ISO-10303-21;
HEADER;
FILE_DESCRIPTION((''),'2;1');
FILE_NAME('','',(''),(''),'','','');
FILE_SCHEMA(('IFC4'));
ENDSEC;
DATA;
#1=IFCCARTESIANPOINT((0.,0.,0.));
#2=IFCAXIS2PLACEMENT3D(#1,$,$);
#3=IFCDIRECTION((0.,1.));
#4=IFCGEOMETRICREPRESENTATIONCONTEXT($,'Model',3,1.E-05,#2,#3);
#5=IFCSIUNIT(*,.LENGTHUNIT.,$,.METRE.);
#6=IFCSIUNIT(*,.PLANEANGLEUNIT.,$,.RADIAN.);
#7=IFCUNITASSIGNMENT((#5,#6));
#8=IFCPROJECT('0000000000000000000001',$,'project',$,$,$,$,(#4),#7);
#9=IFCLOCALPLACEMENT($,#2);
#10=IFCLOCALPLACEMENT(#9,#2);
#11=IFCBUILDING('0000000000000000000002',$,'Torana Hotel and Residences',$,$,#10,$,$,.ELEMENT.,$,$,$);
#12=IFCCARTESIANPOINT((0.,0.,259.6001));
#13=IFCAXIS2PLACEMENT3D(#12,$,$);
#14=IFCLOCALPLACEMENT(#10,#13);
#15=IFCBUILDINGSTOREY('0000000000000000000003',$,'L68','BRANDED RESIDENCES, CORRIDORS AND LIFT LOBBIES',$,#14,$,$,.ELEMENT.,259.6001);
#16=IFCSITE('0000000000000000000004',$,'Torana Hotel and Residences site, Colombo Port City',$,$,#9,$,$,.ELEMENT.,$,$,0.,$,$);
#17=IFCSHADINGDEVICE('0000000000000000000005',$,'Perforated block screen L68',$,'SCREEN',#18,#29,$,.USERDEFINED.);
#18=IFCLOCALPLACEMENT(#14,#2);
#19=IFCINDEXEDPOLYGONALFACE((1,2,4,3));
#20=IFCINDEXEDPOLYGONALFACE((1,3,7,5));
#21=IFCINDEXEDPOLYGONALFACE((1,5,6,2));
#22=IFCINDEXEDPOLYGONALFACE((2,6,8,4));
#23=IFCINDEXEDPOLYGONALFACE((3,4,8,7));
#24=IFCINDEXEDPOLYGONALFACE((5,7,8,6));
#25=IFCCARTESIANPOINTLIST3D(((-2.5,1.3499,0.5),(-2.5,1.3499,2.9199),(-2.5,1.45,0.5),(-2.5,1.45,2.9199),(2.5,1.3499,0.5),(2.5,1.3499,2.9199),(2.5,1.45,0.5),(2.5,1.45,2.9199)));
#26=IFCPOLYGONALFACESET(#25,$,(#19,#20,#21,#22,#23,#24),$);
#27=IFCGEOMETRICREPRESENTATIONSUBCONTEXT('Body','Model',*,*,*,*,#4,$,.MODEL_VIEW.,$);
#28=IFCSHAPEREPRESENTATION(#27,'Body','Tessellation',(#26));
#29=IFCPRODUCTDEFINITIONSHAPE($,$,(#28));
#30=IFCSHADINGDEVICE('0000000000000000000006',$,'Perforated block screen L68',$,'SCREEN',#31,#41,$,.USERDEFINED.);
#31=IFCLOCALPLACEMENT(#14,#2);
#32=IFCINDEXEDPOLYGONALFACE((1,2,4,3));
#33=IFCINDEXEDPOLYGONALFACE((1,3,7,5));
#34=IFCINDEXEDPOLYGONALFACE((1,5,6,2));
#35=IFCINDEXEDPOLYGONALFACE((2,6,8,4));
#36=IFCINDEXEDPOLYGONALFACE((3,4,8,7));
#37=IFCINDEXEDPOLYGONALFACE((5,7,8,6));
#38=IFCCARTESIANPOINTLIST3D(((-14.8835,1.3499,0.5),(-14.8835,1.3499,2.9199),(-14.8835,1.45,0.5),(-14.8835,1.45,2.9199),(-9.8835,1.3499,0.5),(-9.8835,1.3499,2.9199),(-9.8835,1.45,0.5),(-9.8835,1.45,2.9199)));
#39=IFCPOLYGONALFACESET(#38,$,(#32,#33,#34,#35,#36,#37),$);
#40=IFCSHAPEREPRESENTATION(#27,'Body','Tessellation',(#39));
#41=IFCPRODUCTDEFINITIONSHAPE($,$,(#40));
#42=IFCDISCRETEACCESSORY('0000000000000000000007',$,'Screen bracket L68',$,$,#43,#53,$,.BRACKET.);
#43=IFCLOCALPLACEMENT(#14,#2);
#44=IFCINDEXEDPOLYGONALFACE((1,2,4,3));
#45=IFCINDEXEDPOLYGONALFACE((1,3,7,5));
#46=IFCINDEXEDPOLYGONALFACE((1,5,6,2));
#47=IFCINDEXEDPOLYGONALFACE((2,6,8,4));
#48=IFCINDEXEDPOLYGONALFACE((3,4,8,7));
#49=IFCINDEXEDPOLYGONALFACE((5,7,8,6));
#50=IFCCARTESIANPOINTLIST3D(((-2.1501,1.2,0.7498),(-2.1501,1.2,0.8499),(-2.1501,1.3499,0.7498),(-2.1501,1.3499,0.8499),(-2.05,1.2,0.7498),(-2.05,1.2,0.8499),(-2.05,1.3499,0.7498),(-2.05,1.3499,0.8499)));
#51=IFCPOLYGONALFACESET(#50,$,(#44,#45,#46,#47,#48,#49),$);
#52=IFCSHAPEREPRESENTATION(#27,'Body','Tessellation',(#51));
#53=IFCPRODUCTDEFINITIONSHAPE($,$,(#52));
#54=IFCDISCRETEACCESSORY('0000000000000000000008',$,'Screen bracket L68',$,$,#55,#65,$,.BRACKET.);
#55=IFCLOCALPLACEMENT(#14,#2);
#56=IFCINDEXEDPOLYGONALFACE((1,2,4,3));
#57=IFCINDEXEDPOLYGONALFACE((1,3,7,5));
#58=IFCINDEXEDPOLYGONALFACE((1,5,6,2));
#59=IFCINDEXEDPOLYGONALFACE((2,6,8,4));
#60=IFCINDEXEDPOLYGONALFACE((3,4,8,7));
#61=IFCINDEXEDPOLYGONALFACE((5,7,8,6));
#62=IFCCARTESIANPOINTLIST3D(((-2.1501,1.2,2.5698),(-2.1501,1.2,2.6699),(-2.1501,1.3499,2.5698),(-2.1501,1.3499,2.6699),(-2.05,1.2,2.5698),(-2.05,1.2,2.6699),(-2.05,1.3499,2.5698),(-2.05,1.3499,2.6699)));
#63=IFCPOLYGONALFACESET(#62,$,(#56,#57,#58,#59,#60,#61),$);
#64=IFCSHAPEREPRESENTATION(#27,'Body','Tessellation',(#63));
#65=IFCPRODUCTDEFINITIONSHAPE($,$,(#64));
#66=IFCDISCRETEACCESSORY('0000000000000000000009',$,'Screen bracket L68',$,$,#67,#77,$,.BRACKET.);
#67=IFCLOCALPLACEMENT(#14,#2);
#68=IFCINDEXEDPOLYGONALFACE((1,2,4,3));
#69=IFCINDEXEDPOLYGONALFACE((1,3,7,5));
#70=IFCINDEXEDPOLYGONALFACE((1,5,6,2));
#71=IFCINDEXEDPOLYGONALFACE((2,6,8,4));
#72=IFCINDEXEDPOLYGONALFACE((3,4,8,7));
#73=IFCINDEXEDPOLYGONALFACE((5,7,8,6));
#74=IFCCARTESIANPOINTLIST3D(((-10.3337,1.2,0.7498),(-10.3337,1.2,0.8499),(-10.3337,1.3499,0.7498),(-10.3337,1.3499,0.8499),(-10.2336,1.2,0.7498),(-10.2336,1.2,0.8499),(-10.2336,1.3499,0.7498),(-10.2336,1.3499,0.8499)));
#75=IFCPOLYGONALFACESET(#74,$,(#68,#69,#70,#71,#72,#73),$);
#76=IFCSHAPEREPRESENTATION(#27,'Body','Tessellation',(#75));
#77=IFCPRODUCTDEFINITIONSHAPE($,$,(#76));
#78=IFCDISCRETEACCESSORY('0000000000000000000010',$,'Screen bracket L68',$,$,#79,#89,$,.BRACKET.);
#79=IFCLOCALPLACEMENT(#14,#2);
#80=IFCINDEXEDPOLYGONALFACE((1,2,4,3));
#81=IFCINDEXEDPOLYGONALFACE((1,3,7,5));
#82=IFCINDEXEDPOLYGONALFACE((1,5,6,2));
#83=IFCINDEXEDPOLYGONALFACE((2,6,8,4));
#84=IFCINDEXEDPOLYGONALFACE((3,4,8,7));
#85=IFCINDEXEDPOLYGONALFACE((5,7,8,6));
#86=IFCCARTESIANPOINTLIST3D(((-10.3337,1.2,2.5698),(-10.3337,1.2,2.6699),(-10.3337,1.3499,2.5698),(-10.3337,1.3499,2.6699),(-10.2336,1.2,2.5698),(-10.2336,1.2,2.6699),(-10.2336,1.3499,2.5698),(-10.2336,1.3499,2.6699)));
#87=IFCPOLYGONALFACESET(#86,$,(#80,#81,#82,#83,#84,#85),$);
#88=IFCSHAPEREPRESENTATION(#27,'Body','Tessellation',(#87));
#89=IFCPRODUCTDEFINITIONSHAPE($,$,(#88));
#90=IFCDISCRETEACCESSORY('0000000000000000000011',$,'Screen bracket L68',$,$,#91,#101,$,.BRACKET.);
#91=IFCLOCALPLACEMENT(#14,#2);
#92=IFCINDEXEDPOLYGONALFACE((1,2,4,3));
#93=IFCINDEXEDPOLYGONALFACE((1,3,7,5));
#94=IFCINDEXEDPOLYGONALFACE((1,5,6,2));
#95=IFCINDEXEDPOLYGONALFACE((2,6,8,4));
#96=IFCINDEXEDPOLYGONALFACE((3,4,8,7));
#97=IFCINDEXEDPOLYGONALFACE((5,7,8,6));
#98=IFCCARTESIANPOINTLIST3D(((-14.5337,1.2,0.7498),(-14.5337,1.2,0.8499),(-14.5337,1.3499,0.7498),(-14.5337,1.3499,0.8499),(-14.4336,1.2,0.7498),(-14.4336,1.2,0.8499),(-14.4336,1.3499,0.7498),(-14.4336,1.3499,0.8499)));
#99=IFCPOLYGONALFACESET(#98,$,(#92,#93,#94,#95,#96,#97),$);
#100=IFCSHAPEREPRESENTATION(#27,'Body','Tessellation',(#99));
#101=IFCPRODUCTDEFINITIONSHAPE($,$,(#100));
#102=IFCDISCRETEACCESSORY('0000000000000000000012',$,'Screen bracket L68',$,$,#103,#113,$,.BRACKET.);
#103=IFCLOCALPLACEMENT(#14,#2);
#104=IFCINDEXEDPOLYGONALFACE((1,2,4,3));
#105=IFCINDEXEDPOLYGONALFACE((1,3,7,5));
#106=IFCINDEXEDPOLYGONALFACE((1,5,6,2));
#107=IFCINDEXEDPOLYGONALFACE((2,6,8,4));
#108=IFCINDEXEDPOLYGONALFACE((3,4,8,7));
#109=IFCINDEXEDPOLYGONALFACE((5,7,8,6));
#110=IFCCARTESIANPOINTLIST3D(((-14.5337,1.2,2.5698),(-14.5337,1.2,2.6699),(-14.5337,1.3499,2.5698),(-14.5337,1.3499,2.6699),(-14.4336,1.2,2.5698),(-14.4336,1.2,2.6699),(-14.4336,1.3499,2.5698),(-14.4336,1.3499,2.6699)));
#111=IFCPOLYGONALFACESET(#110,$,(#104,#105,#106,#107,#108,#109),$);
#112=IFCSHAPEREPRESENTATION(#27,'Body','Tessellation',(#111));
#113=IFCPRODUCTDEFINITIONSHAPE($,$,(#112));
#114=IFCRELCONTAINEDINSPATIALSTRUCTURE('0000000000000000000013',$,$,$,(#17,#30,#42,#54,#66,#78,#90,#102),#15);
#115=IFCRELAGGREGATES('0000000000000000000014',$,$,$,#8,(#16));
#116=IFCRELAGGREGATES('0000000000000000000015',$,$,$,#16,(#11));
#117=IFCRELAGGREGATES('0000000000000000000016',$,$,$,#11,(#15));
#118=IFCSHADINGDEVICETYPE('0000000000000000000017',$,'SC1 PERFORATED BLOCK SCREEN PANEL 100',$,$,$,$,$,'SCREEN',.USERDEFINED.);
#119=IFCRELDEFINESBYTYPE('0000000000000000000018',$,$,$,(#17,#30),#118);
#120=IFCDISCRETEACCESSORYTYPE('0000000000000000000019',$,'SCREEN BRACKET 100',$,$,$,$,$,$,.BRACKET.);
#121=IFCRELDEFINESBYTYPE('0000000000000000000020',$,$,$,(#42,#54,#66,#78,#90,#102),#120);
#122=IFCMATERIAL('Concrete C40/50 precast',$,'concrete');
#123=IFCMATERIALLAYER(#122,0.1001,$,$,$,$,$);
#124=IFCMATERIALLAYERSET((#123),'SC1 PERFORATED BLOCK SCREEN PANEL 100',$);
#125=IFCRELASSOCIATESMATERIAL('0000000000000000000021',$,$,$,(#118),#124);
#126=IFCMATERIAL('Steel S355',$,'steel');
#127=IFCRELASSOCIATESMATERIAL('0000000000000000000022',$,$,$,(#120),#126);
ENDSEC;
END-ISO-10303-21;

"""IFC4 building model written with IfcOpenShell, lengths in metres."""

from ifc_helpers import new_model, si_unit, direction, frame, origin, origin_2d, place, context, subcontext, project, spatial, rectangle, extrude, material, layer, layer_set, type_object, element, save


model = new_model("IFC4")

# Units and contexts
model_context = context("Model", 3, precision=1e-05, world=origin(), true_north=direction((0.0, 1.0)))
body_context = subcontext(model_context, "Body", "Model", "MODEL_VIEW")
ifc_project = project(units=[si_unit("LENGTHUNIT", "METRE"), si_unit("PLANEANGLEUNIT", "RADIAN")], contexts=[model_context])

# Site, building, storey
site_placement = place(None, origin())
site = spatial("IfcSite", under=ifc_project, at=site_placement, Name="Torana Hotel and Residences site, Colombo Port City", CompositionType="ELEMENT", RefElevation=0.0)
building_placement = place(site_placement, origin())
building = spatial("IfcBuilding", under=site, at=building_placement, Name="Torana Hotel and Residences", CompositionType="ELEMENT")
storey_placement = place(building_placement, frame((0.0, 0.0, 259.6001)))
storey = spatial("IfcBuildingStorey", under=building, at=storey_placement, Name="L68", Description="BRANDED RESIDENCES, CORRIDORS AND LIFT LOBBIES", CompositionType="ELEMENT", Elevation=259.6001)

# Shading devices
ifc_material_1 = material(Name="Concrete C40/50 precast", Category="concrete")
ifc_layer_1 = layer(ifc_material_1, 0.1001)
ifc_layer_set_1 = layer_set([ifc_layer_1], Name="SC1 PERFORATED BLOCK SCREEN PANEL 100")
shading_device_type = type_object("IfcShadingDeviceType", Name="SC1 PERFORATED BLOCK SCREEN PANEL 100", ElementType="SCREEN", PredefinedType="USERDEFINED", material=ifc_layer_set_1)
for number, where, z_axis, x_axis, name in (
    (1, (0.0, 1.3999, 0.5), (0.0, 0.0, 1.0), (-1.0, 0.0, 0.0), "Perforated block screen L68"),
    (2, (-12.3835, 1.3999, 0.5), (0.0, 0.0, 1.0), (-1.0, 0.0, 0.0), "Perforated block screen L68"),
):
    element("IfcShadingDevice", number, at=place(storey_placement, frame(where, z_axis=z_axis, x_axis=x_axis)), inside=storey, type_object=shading_device_type, Name=name, ObjectType="SCREEN", PredefinedType="USERDEFINED", context=body_context, shape_type="SweptSolid", body=[
        extrude(rectangle(XDim=5.0, YDim=0.1001, at=origin_2d()), origin(), (0.0, 0.0, 1.0), 2.4199),
    ])

# Discrete accessories
ifc_material_2 = material(Name="Steel S355", Category="steel")
discrete_accessory_type = type_object("IfcDiscreteAccessoryType", Name="SCREEN BRACKET 100", PredefinedType="BRACKET", material=ifc_material_2)
for number, where, z_axis, x_axis, name in (
    (3, (-2.1001, 1.2749, 0.7498), (0.0, 0.0, 1.0), (-1.0, 0.0, 0.0), "Screen bracket L68"),
    (4, (-2.1001, 1.2749, 2.5698), (0.0, 0.0, 1.0), (-1.0, 0.0, 0.0), "Screen bracket L68"),
    (5, (-10.2837, 1.2749, 0.7498), (0.0, 0.0, 1.0), (-1.0, 0.0, 0.0), "Screen bracket L68"),
    (6, (-10.2837, 1.2749, 2.5698), (0.0, 0.0, 1.0), (-1.0, 0.0, 0.0), "Screen bracket L68"),
    (7, (-14.4836, 1.2749, 0.7498), (0.0, 0.0, 1.0), (-1.0, 0.0, 0.0), "Screen bracket L68"),
    (8, (-14.4836, 1.2749, 2.5698), (0.0, 0.0, 1.0), (-1.0, 0.0, 0.0), "Screen bracket L68"),
):
    element("IfcDiscreteAccessory", number, at=place(storey_placement, frame(where, z_axis=z_axis, x_axis=x_axis)), inside=storey, type_object=discrete_accessory_type, Name=name, PredefinedType="BRACKET", context=body_context, shape_type="SweptSolid", body=[
        extrude(rectangle(XDim=0.1001, YDim=0.1499, at=origin_2d()), origin(), (0.0, 0.0, 1.0), 0.1001),
    ])

save(model, "model.ifc")
